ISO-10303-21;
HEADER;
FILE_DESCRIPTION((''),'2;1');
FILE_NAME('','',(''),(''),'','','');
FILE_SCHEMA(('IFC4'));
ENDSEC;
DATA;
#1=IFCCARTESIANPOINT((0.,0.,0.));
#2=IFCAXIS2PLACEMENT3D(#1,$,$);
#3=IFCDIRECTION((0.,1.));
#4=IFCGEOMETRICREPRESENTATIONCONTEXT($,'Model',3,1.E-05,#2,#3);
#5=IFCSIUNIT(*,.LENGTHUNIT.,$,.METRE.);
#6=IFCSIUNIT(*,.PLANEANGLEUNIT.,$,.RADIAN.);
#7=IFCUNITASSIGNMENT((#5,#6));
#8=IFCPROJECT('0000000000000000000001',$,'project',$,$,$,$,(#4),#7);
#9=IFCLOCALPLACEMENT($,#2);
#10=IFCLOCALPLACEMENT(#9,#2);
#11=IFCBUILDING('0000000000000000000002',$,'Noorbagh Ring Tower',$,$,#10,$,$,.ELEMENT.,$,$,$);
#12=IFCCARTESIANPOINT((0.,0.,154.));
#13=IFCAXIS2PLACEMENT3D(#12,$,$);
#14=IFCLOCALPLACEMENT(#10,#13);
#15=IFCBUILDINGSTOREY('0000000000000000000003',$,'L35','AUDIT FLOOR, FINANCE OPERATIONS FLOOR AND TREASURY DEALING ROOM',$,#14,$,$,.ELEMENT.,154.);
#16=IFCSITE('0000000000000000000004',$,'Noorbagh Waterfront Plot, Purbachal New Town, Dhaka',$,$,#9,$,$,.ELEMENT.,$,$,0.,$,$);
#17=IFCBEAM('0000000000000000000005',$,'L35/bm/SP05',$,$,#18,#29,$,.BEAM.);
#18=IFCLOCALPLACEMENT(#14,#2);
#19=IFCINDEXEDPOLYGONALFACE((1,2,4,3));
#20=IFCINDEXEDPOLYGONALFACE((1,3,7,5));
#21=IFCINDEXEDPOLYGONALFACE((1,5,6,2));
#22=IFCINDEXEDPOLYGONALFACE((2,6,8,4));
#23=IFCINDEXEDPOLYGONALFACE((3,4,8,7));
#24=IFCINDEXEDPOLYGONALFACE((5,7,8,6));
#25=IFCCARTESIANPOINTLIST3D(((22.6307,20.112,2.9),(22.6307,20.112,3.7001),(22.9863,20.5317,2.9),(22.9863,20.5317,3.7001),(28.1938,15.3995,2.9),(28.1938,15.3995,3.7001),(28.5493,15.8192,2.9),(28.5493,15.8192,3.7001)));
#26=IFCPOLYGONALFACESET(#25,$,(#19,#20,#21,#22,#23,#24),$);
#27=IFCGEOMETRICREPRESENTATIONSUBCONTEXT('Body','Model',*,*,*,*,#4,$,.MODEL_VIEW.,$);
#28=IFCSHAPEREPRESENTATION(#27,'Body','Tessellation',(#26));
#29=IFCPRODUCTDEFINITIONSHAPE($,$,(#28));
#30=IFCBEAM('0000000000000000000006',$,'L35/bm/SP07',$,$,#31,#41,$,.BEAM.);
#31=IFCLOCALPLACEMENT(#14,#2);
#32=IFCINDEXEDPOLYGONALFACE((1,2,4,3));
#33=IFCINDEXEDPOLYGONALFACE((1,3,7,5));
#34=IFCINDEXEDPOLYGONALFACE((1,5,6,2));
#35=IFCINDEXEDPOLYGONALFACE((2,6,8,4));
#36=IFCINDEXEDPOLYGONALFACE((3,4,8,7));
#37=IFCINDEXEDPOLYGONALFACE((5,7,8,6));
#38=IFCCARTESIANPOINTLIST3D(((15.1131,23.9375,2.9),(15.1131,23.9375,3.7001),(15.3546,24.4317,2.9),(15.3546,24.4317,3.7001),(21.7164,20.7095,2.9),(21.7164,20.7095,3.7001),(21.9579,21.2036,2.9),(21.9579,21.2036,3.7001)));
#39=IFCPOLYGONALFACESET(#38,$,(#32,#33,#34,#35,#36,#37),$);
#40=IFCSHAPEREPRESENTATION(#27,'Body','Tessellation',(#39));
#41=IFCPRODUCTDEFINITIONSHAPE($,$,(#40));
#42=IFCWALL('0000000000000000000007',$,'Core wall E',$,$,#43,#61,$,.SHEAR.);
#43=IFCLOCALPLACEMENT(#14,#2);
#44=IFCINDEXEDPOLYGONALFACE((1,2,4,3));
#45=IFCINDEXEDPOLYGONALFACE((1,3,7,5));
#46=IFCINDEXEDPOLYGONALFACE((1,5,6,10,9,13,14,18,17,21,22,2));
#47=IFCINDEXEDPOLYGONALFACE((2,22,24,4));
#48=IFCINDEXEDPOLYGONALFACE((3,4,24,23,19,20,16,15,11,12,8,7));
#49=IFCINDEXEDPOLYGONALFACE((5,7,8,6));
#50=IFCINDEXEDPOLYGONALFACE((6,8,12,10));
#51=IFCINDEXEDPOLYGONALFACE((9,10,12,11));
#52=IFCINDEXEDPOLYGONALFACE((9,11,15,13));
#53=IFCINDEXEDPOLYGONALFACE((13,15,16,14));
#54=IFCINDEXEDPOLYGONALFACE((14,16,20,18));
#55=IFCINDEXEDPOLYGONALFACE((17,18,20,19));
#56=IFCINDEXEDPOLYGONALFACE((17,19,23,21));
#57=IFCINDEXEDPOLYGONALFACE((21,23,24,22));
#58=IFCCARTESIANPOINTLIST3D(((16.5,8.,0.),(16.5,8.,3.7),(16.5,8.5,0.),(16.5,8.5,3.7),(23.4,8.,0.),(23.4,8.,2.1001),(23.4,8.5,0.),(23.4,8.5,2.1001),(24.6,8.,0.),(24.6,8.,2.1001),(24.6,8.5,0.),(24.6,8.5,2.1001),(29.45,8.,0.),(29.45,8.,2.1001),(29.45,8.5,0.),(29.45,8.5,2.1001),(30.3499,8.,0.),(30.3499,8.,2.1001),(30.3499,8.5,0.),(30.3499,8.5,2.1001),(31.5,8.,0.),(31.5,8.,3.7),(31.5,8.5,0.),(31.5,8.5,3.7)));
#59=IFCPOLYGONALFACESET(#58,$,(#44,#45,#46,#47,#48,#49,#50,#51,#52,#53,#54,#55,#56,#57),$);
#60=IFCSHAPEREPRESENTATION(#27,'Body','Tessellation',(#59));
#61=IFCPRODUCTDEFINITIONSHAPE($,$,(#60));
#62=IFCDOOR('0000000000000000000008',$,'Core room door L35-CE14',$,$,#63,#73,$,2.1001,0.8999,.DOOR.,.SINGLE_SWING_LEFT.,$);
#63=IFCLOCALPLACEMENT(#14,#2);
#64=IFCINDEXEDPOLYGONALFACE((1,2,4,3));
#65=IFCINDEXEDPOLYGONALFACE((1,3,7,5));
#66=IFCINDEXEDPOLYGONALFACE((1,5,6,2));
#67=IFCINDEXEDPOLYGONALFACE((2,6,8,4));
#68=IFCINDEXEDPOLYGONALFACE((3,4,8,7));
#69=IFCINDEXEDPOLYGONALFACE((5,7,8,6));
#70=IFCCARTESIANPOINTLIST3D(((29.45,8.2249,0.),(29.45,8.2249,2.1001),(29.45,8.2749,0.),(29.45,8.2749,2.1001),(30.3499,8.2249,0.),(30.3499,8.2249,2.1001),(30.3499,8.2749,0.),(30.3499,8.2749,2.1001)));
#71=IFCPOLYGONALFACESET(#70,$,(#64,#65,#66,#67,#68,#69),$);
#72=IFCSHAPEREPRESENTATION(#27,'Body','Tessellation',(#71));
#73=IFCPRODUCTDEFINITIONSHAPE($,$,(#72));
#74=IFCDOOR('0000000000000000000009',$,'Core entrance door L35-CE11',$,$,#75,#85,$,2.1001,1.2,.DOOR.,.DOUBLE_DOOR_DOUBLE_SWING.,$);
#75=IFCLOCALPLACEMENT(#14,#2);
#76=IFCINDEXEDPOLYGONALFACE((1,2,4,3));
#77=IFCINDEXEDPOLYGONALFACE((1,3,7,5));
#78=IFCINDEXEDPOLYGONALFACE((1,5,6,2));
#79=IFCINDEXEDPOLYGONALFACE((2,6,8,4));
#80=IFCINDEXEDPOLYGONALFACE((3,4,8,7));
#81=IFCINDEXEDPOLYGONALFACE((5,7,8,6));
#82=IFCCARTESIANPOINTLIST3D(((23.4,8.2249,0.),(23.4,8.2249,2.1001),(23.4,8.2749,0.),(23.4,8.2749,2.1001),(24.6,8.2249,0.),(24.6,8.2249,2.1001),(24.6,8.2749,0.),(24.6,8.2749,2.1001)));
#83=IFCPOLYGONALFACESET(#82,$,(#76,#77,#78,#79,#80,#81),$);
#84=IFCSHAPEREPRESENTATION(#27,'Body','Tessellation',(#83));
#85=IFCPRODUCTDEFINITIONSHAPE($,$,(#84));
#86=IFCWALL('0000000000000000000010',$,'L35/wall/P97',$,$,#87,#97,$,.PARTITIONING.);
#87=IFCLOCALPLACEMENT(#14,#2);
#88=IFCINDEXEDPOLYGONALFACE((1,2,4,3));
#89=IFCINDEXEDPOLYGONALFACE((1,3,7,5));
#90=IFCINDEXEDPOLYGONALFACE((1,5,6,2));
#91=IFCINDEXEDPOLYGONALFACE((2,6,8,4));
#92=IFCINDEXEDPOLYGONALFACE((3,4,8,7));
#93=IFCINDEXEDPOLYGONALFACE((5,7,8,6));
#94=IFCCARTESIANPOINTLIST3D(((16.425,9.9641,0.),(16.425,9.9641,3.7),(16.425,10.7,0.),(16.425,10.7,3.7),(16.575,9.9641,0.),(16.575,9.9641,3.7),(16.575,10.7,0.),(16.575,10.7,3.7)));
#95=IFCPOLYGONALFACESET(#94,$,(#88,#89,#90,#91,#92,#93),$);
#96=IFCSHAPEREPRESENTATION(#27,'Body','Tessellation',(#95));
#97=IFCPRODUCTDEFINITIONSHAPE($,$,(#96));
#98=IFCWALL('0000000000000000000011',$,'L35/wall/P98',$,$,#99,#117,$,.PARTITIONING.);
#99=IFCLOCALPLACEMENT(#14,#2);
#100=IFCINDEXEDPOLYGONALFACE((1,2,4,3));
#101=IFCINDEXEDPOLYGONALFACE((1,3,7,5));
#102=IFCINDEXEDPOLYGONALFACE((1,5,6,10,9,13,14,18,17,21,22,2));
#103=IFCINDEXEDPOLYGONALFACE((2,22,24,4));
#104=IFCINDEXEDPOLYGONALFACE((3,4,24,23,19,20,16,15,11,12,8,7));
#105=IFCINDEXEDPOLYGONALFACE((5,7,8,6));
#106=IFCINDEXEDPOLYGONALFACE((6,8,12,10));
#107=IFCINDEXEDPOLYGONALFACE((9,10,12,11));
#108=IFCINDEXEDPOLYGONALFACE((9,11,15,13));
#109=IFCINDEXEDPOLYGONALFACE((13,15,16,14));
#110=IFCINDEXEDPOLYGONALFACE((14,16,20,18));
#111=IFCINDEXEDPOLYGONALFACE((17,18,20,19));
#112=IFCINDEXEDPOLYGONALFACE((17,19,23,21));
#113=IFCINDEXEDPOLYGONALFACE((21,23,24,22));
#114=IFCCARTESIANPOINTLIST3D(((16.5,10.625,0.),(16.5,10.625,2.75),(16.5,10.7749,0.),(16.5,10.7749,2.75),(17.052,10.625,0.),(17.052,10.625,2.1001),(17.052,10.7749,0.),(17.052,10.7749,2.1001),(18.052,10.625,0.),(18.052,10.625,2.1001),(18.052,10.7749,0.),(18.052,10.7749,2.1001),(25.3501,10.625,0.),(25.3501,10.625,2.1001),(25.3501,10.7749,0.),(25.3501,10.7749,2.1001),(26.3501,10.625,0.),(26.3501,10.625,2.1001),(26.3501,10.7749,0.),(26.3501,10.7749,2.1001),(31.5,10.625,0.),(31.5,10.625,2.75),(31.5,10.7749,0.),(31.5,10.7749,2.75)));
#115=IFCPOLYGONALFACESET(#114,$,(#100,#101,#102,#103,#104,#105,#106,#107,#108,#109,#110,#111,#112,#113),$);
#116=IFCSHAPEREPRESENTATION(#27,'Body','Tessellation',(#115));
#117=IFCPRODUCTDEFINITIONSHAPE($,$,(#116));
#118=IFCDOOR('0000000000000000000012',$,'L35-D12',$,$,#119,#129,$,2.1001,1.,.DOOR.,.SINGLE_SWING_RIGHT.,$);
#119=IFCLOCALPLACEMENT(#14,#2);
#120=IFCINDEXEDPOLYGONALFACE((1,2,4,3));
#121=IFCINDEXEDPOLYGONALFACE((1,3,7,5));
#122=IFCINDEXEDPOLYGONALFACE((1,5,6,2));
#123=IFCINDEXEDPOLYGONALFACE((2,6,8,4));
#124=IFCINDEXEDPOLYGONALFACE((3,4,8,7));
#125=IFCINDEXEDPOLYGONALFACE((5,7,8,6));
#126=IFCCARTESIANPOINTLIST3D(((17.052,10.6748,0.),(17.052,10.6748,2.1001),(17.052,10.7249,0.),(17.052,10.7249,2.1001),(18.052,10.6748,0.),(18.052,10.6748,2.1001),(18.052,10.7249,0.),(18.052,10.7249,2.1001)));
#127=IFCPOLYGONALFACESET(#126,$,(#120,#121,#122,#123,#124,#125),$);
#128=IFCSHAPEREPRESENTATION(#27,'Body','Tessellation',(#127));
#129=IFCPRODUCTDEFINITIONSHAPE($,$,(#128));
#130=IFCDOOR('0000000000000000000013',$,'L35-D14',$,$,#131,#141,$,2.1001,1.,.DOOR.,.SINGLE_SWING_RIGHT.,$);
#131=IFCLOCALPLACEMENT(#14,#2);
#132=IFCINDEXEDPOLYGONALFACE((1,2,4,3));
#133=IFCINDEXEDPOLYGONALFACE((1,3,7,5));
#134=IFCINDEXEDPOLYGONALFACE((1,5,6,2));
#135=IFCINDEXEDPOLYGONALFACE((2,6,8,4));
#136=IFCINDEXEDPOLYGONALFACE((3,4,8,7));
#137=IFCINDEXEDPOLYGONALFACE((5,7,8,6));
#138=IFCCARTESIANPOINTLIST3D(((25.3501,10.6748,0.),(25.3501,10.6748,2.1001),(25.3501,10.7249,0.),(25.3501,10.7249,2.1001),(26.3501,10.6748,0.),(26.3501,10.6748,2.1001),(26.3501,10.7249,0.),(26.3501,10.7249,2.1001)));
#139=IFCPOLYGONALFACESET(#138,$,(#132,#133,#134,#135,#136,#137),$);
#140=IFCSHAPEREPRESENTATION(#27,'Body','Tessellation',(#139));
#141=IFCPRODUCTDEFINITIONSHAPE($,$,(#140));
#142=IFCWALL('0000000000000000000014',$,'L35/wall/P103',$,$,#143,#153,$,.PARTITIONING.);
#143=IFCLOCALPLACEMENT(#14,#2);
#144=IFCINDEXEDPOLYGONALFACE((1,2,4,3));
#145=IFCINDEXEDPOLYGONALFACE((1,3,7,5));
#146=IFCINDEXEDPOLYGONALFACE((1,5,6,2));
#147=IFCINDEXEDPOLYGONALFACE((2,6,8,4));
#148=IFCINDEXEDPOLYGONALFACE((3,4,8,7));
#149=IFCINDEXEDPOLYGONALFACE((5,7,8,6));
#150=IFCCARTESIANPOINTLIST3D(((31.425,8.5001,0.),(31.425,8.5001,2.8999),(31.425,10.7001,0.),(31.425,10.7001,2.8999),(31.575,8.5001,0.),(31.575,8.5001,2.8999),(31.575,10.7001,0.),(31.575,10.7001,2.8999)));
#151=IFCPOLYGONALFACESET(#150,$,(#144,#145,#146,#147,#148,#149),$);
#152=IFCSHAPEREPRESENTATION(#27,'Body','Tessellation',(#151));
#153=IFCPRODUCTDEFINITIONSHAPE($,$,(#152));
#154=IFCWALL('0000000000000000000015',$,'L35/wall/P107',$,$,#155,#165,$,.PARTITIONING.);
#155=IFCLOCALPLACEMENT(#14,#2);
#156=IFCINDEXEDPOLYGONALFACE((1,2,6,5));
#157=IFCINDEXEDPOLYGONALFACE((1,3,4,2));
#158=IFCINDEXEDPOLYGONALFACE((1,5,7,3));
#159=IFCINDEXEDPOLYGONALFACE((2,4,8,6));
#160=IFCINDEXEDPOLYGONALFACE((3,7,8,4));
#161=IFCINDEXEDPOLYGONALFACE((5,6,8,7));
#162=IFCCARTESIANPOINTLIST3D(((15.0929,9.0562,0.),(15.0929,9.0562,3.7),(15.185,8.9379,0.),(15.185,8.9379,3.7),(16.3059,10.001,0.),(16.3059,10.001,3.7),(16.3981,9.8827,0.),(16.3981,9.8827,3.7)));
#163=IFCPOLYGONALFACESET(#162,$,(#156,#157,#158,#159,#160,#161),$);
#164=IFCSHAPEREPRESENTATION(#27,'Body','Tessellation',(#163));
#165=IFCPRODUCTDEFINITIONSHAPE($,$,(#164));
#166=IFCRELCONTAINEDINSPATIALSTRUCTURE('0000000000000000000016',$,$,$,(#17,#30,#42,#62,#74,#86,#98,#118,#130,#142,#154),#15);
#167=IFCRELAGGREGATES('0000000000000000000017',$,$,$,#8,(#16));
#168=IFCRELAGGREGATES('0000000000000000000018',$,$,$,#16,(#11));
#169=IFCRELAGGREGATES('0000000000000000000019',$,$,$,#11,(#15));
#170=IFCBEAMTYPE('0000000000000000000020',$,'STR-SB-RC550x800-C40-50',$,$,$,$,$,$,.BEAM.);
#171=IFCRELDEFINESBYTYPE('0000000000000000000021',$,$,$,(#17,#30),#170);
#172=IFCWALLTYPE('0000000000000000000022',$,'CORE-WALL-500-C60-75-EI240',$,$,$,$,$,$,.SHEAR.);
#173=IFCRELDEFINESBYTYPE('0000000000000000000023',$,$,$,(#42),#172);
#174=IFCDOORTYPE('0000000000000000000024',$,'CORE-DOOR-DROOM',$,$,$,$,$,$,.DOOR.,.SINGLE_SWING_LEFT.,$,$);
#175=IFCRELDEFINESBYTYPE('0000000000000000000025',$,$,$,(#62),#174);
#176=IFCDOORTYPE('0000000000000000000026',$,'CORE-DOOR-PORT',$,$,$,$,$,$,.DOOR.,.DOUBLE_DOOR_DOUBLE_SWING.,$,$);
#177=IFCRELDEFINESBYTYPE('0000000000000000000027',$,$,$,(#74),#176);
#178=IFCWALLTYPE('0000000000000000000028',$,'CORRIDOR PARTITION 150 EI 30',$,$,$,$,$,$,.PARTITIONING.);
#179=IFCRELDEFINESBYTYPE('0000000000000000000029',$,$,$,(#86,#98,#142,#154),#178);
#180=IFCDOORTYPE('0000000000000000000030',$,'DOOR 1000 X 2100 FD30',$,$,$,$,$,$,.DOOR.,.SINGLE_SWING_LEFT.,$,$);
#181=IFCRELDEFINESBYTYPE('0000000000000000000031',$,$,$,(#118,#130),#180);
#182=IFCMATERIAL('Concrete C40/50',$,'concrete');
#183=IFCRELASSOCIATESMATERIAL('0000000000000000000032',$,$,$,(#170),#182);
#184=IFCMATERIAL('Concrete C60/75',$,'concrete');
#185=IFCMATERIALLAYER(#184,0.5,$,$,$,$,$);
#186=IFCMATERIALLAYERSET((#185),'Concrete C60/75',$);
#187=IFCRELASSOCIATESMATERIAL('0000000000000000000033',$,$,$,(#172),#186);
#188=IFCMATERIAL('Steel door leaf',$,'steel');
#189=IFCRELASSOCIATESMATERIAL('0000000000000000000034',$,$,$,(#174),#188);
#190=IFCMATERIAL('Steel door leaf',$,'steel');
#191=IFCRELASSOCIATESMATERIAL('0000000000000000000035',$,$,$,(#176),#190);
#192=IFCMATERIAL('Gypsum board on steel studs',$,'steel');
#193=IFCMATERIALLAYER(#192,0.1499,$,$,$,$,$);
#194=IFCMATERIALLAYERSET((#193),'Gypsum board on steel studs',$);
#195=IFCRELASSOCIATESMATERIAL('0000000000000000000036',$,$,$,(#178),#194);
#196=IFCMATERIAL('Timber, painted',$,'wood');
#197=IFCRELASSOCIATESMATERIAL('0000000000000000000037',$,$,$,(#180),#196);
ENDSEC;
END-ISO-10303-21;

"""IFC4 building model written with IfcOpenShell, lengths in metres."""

from ifc_helpers import new_model, si_unit, direction, frame, frame_2d, origin, origin_2d, place, context, subcontext, project, spatial, rectangle, extrude, material, layer, layer_set, material_profile, profile_set, type_object, element, fill, save


model = new_model("IFC4")

# Units and contexts
model_context = context("Model", 3, precision=1e-05, world=origin(), true_north=direction((0.0, 1.0)))
body_context = subcontext(model_context, "Body", "Model", "MODEL_VIEW")
ifc_project = project(units=[si_unit("LENGTHUNIT", "METRE"), si_unit("PLANEANGLEUNIT", "RADIAN")], contexts=[model_context])

# Site, building, storey
site_placement = place(None, origin())
site = spatial("IfcSite", under=ifc_project, at=site_placement, Name="Noorbagh Waterfront Plot, Purbachal New Town, Dhaka", CompositionType="ELEMENT", RefElevation=0.0)
building_placement = place(site_placement, origin())
building = spatial("IfcBuilding", under=site, at=building_placement, Name="Noorbagh Ring Tower", CompositionType="ELEMENT")
storey_placement = place(building_placement, frame((0.0, 0.0, 154.0)))
storey = spatial("IfcBuildingStorey", under=building, at=storey_placement, Name="L35", Description="AUDIT FLOOR, FINANCE OPERATIONS FLOOR AND TREASURY DEALING ROOM", CompositionType="ELEMENT", Elevation=154.0)

# Beams
ifc_material_1 = material(Name="Concrete C40/50", Category="concrete")
ifc_material_profile_1 = material_profile(ifc_material_1, rectangle(XDim=0.55, YDim=0.8, at=origin_2d()), Name="RC550x800")
ifc_profile_set_1 = profile_set([ifc_material_profile_1], Name="Concrete C40/50")
beam_type_1 = type_object("IfcBeamType", Name="STR-SB-RC550x800-C40-50", PredefinedType="BEAM", material=ifc_profile_set_1)
beam_1_placement = place(storey_placement, frame((28.3716, 15.6094, 3.3), z_axis=(-0.763031, 0.646362, 0.0), x_axis=(-0.646362, -0.763031, 0.0)))
element("IfcBeam", 1, at=beam_1_placement, inside=storey, type_object=beam_type_1, Name="L35/bm/SP05", PredefinedType="BEAM", context=body_context, shape_type="SweptSolid", body=[
    extrude(rectangle(XDim=0.55, YDim=0.8, at=origin_2d()), origin(), (0.0, 0.0, 1.0), 7.2908),
])
beam_2_placement = place(storey_placement, frame((21.8372, 20.9565, 3.3), z_axis=(-0.898397, 0.439184, 0.0), x_axis=(-0.439184, -0.898397, 0.0)))
element("IfcBeam", 2, at=beam_2_placement, inside=storey, type_object=beam_type_1, Name="L35/bm/SP07", PredefinedType="BEAM", context=body_context, shape_type="SweptSolid", body=[
    extrude(rectangle(XDim=0.55, YDim=0.8, at=origin_2d()), origin(), (0.0, 0.0, 1.0), 7.3501),
])

# Wall, openings, doors
ifc_material_2 = material(Name="Concrete C60/75", Category="concrete")
ifc_layer_1 = layer(ifc_material_2, 0.5)
ifc_layer_set_1 = layer_set([ifc_layer_1], Name="Concrete C60/75")
wall_type_1 = type_object("IfcWallType", Name="CORE-WALL-500-C60-75-EI240", PredefinedType="SHEAR", material=ifc_layer_set_1)
wall_1_placement = place(storey_placement, frame((16.5, 8.25, 0.0), z_axis=(0.0, 0.0, 1.0), x_axis=(1.0, 0.0, 0.0)))
wall_1 = element("IfcWall", 3, at=wall_1_placement, inside=storey, type_object=wall_type_1, Name="Core wall E", PredefinedType="SHEAR", context=body_context, shape_type="SweptSolid", body=[
    extrude(rectangle(XDim=15.0, YDim=0.5, at=frame_2d((7.5, 0.0))), origin(), (0.0, 0.0, 1.0), 3.7),
])
opening_1_placement = place(wall_1_placement, frame((6.8999, 0.0, 0.0)))
opening_1 = element("IfcOpeningElement", 4, at=opening_1_placement, cuts=wall_1, PredefinedType="OPENING", context=body_context, shape_type="SweptSolid", body=[
    extrude(rectangle(XDim=1.2, YDim=2.1001, at=frame_2d((0.6001, 1.05))), frame((0.0, 0.26, 0.0), z_axis=(0.0, -1.0, 0.0), x_axis=(1.0, 0.0, 0.0)), (0.0, 0.0, 1.0), 0.52),
])
opening_2_placement = place(wall_1_placement, frame((12.95, 0.0, 0.0)))
opening_2 = element("IfcOpeningElement", 5, at=opening_2_placement, cuts=wall_1, PredefinedType="OPENING", context=body_context, shape_type="SweptSolid", body=[
    extrude(rectangle(XDim=0.8999, YDim=2.1001, at=frame_2d((0.45, 1.05))), frame((0.0, 0.26, 0.0), z_axis=(0.0, -1.0, 0.0), x_axis=(1.0, 0.0, 0.0)), (0.0, 0.0, 1.0), 0.52),
])
ifc_material_3 = material(Name="Steel door leaf", Category="steel")
door_type_1 = type_object("IfcDoorType", Name="CORE-DOOR-DROOM", OperationType="SINGLE_SWING_LEFT", PredefinedType="DOOR", material=ifc_material_3)
door_1_placement = place(opening_2_placement, origin())
door_1 = element("IfcDoor", 6, at=door_1_placement, inside=storey, type_object=door_type_1, Name="Core room door L35-CE14", OperationType="SINGLE_SWING_LEFT", OverallHeight=2.1001, OverallWidth=0.8999, PredefinedType="DOOR", context=body_context, shape_type="SweptSolid", body=[
    extrude(rectangle(XDim=0.8999, YDim=2.1001, at=frame_2d((0.45, 1.05))), frame((0.0, 0.0249, 0.0), z_axis=(0.0, -1.0, 0.0), x_axis=(1.0, 0.0, 0.0)), (0.0, 0.0, 1.0), 0.05),
])
fill(opening_2, door_1)
ifc_material_4 = material(Name="Steel door leaf", Category="steel")
door_type_2 = type_object("IfcDoorType", Name="CORE-DOOR-PORT", OperationType="DOUBLE_DOOR_DOUBLE_SWING", PredefinedType="DOOR", material=ifc_material_4)
door_2_placement = place(opening_1_placement, origin())
door_2 = element("IfcDoor", 7, at=door_2_placement, inside=storey, type_object=door_type_2, Name="Core entrance door L35-CE11", OperationType="DOUBLE_DOOR_DOUBLE_SWING", OverallHeight=2.1001, OverallWidth=1.2, PredefinedType="DOOR", context=body_context, shape_type="SweptSolid", body=[
    extrude(rectangle(XDim=1.2, YDim=2.1001, at=frame_2d((0.6001, 1.05))), frame((0.0, 0.0249, 0.0), z_axis=(0.0, -1.0, 0.0), x_axis=(1.0, 0.0, 0.0)), (0.0, 0.0, 1.0), 0.05),
])
fill(opening_1, door_2)

# Wall
ifc_material_5 = material(Name="Gypsum board on steel studs", Category="steel")
ifc_layer_2 = layer(ifc_material_5, 0.1499)
ifc_layer_set_2 = layer_set([ifc_layer_2], Name="Gypsum board on steel studs")
wall_type_2 = type_object("IfcWallType", Name="CORRIDOR PARTITION 150 EI 30", PredefinedType="PARTITIONING", material=ifc_layer_set_2)
wall_2_placement = place(storey_placement, frame((16.5, 9.9641, 0.0), z_axis=(0.0, 0.0, 1.0), x_axis=(0.0, 1.0, 0.0)))
element("IfcWall", 8, at=wall_2_placement, inside=storey, type_object=wall_type_2, Name="L35/wall/P97", PredefinedType="PARTITIONING", context=body_context, shape_type="SweptSolid", body=[
    extrude(rectangle(XDim=0.7358, YDim=0.1499, at=frame_2d((0.3679, 0.0))), origin(), (0.0, 0.0, 1.0), 3.7),
])

# Wall, openings, doors
wall_3_placement = place(storey_placement, frame((16.5, 10.7, 0.0), z_axis=(0.0, 0.0, 1.0), x_axis=(1.0, 0.0, 0.0)))
wall_3 = element("IfcWall", 9, at=wall_3_placement, inside=storey, type_object=wall_type_2, Name="L35/wall/P98", PredefinedType="PARTITIONING", context=body_context, shape_type="SweptSolid", body=[
    extrude(rectangle(XDim=15.0, YDim=0.1499, at=frame_2d((7.5, 0.0))), origin(), (0.0, 0.0, 1.0), 2.75),
])
opening_3_placement = place(wall_3_placement, frame((0.552, 0.0, 0.0)))
opening_3 = element("IfcOpeningElement", 10, at=opening_3_placement, cuts=wall_3, PredefinedType="OPENING", context=body_context, shape_type="SweptSolid", body=[
    extrude(rectangle(XDim=1.0, YDim=2.1001, at=frame_2d((0.5, 1.05))), frame((0.0, 0.085, 0.0), z_axis=(0.0, -1.0, 0.0), x_axis=(1.0, 0.0, 0.0)), (0.0, 0.0, 1.0), 0.1699),
])
opening_4_placement = place(wall_3_placement, frame((8.8501, 0.0, 0.0)))
opening_4 = element("IfcOpeningElement", 11, at=opening_4_placement, cuts=wall_3, PredefinedType="OPENING", context=body_context, shape_type="SweptSolid", body=[
    extrude(rectangle(XDim=1.0, YDim=2.1001, at=frame_2d((0.5, 1.05))), frame((0.0, 0.085, 0.0), z_axis=(0.0, -1.0, 0.0), x_axis=(1.0, 0.0, 0.0)), (0.0, 0.0, 1.0), 0.1699),
])
ifc_material_6 = material(Name="Timber, painted", Category="wood")
door_type_3 = type_object("IfcDoorType", Name="DOOR 1000 X 2100 FD30", OperationType="SINGLE_SWING_LEFT", PredefinedType="DOOR", material=ifc_material_6)
door_3_placement = place(opening_3_placement, origin())
door_3 = element("IfcDoor", 12, at=door_3_placement, inside=storey, type_object=door_type_3, Name="L35-D12", OperationType="SINGLE_SWING_RIGHT", OverallHeight=2.1001, OverallWidth=1.0, PredefinedType="DOOR", context=body_context, shape_type="SweptSolid", body=[
    extrude(rectangle(XDim=1.0, YDim=2.1001, at=frame_2d((0.5, 1.05))), frame((0.0, 0.0249, 0.0), z_axis=(0.0, -1.0, 0.0), x_axis=(1.0, 0.0, 0.0)), (0.0, 0.0, 1.0), 0.05),
])
fill(opening_3, door_3)
door_4_placement = place(opening_4_placement, origin())
door_4 = element("IfcDoor", 13, at=door_4_placement, inside=storey, type_object=door_type_3, Name="L35-D14", OperationType="SINGLE_SWING_RIGHT", OverallHeight=2.1001, OverallWidth=1.0, PredefinedType="DOOR", context=body_context, shape_type="SweptSolid", body=[
    extrude(rectangle(XDim=1.0, YDim=2.1001, at=frame_2d((0.5, 1.05))), frame((0.0, 0.0249, 0.0), z_axis=(0.0, -1.0, 0.0), x_axis=(1.0, 0.0, 0.0)), (0.0, 0.0, 1.0), 0.05),
])
fill(opening_4, door_4)

# Walls
wall_4_placement = place(storey_placement, frame((31.5, 8.5, 0.0), z_axis=(0.0, 0.0, 1.0), x_axis=(0.0, 1.0, 0.0)))
element("IfcWall", 14, at=wall_4_placement, inside=storey, type_object=wall_type_2, Name="L35/wall/P103", PredefinedType="PARTITIONING", context=body_context, shape_type="SweptSolid", body=[
    extrude(rectangle(XDim=2.2, YDim=0.1499, at=frame_2d((1.1001, 0.0))), origin(), (0.0, 0.0, 1.0), 2.8999),
])
wall_5_placement = place(storey_placement, frame((15.1389, 8.9971, 0.0), z_axis=(0.0, 0.0, 1.0), x_axis=(0.78895, 0.614457, 0.0)))
element("IfcWall", 15, at=wall_5_placement, inside=storey, type_object=wall_type_2, Name="L35/wall/P107", PredefinedType="PARTITIONING", context=body_context, shape_type="SweptSolid", body=[
    extrude(rectangle(XDim=1.5376, YDim=0.1499, at=frame_2d((0.7688, 0.0))), origin(), (0.0, 0.0, 1.0), 3.7),
])

save(model, "model.ifc")
